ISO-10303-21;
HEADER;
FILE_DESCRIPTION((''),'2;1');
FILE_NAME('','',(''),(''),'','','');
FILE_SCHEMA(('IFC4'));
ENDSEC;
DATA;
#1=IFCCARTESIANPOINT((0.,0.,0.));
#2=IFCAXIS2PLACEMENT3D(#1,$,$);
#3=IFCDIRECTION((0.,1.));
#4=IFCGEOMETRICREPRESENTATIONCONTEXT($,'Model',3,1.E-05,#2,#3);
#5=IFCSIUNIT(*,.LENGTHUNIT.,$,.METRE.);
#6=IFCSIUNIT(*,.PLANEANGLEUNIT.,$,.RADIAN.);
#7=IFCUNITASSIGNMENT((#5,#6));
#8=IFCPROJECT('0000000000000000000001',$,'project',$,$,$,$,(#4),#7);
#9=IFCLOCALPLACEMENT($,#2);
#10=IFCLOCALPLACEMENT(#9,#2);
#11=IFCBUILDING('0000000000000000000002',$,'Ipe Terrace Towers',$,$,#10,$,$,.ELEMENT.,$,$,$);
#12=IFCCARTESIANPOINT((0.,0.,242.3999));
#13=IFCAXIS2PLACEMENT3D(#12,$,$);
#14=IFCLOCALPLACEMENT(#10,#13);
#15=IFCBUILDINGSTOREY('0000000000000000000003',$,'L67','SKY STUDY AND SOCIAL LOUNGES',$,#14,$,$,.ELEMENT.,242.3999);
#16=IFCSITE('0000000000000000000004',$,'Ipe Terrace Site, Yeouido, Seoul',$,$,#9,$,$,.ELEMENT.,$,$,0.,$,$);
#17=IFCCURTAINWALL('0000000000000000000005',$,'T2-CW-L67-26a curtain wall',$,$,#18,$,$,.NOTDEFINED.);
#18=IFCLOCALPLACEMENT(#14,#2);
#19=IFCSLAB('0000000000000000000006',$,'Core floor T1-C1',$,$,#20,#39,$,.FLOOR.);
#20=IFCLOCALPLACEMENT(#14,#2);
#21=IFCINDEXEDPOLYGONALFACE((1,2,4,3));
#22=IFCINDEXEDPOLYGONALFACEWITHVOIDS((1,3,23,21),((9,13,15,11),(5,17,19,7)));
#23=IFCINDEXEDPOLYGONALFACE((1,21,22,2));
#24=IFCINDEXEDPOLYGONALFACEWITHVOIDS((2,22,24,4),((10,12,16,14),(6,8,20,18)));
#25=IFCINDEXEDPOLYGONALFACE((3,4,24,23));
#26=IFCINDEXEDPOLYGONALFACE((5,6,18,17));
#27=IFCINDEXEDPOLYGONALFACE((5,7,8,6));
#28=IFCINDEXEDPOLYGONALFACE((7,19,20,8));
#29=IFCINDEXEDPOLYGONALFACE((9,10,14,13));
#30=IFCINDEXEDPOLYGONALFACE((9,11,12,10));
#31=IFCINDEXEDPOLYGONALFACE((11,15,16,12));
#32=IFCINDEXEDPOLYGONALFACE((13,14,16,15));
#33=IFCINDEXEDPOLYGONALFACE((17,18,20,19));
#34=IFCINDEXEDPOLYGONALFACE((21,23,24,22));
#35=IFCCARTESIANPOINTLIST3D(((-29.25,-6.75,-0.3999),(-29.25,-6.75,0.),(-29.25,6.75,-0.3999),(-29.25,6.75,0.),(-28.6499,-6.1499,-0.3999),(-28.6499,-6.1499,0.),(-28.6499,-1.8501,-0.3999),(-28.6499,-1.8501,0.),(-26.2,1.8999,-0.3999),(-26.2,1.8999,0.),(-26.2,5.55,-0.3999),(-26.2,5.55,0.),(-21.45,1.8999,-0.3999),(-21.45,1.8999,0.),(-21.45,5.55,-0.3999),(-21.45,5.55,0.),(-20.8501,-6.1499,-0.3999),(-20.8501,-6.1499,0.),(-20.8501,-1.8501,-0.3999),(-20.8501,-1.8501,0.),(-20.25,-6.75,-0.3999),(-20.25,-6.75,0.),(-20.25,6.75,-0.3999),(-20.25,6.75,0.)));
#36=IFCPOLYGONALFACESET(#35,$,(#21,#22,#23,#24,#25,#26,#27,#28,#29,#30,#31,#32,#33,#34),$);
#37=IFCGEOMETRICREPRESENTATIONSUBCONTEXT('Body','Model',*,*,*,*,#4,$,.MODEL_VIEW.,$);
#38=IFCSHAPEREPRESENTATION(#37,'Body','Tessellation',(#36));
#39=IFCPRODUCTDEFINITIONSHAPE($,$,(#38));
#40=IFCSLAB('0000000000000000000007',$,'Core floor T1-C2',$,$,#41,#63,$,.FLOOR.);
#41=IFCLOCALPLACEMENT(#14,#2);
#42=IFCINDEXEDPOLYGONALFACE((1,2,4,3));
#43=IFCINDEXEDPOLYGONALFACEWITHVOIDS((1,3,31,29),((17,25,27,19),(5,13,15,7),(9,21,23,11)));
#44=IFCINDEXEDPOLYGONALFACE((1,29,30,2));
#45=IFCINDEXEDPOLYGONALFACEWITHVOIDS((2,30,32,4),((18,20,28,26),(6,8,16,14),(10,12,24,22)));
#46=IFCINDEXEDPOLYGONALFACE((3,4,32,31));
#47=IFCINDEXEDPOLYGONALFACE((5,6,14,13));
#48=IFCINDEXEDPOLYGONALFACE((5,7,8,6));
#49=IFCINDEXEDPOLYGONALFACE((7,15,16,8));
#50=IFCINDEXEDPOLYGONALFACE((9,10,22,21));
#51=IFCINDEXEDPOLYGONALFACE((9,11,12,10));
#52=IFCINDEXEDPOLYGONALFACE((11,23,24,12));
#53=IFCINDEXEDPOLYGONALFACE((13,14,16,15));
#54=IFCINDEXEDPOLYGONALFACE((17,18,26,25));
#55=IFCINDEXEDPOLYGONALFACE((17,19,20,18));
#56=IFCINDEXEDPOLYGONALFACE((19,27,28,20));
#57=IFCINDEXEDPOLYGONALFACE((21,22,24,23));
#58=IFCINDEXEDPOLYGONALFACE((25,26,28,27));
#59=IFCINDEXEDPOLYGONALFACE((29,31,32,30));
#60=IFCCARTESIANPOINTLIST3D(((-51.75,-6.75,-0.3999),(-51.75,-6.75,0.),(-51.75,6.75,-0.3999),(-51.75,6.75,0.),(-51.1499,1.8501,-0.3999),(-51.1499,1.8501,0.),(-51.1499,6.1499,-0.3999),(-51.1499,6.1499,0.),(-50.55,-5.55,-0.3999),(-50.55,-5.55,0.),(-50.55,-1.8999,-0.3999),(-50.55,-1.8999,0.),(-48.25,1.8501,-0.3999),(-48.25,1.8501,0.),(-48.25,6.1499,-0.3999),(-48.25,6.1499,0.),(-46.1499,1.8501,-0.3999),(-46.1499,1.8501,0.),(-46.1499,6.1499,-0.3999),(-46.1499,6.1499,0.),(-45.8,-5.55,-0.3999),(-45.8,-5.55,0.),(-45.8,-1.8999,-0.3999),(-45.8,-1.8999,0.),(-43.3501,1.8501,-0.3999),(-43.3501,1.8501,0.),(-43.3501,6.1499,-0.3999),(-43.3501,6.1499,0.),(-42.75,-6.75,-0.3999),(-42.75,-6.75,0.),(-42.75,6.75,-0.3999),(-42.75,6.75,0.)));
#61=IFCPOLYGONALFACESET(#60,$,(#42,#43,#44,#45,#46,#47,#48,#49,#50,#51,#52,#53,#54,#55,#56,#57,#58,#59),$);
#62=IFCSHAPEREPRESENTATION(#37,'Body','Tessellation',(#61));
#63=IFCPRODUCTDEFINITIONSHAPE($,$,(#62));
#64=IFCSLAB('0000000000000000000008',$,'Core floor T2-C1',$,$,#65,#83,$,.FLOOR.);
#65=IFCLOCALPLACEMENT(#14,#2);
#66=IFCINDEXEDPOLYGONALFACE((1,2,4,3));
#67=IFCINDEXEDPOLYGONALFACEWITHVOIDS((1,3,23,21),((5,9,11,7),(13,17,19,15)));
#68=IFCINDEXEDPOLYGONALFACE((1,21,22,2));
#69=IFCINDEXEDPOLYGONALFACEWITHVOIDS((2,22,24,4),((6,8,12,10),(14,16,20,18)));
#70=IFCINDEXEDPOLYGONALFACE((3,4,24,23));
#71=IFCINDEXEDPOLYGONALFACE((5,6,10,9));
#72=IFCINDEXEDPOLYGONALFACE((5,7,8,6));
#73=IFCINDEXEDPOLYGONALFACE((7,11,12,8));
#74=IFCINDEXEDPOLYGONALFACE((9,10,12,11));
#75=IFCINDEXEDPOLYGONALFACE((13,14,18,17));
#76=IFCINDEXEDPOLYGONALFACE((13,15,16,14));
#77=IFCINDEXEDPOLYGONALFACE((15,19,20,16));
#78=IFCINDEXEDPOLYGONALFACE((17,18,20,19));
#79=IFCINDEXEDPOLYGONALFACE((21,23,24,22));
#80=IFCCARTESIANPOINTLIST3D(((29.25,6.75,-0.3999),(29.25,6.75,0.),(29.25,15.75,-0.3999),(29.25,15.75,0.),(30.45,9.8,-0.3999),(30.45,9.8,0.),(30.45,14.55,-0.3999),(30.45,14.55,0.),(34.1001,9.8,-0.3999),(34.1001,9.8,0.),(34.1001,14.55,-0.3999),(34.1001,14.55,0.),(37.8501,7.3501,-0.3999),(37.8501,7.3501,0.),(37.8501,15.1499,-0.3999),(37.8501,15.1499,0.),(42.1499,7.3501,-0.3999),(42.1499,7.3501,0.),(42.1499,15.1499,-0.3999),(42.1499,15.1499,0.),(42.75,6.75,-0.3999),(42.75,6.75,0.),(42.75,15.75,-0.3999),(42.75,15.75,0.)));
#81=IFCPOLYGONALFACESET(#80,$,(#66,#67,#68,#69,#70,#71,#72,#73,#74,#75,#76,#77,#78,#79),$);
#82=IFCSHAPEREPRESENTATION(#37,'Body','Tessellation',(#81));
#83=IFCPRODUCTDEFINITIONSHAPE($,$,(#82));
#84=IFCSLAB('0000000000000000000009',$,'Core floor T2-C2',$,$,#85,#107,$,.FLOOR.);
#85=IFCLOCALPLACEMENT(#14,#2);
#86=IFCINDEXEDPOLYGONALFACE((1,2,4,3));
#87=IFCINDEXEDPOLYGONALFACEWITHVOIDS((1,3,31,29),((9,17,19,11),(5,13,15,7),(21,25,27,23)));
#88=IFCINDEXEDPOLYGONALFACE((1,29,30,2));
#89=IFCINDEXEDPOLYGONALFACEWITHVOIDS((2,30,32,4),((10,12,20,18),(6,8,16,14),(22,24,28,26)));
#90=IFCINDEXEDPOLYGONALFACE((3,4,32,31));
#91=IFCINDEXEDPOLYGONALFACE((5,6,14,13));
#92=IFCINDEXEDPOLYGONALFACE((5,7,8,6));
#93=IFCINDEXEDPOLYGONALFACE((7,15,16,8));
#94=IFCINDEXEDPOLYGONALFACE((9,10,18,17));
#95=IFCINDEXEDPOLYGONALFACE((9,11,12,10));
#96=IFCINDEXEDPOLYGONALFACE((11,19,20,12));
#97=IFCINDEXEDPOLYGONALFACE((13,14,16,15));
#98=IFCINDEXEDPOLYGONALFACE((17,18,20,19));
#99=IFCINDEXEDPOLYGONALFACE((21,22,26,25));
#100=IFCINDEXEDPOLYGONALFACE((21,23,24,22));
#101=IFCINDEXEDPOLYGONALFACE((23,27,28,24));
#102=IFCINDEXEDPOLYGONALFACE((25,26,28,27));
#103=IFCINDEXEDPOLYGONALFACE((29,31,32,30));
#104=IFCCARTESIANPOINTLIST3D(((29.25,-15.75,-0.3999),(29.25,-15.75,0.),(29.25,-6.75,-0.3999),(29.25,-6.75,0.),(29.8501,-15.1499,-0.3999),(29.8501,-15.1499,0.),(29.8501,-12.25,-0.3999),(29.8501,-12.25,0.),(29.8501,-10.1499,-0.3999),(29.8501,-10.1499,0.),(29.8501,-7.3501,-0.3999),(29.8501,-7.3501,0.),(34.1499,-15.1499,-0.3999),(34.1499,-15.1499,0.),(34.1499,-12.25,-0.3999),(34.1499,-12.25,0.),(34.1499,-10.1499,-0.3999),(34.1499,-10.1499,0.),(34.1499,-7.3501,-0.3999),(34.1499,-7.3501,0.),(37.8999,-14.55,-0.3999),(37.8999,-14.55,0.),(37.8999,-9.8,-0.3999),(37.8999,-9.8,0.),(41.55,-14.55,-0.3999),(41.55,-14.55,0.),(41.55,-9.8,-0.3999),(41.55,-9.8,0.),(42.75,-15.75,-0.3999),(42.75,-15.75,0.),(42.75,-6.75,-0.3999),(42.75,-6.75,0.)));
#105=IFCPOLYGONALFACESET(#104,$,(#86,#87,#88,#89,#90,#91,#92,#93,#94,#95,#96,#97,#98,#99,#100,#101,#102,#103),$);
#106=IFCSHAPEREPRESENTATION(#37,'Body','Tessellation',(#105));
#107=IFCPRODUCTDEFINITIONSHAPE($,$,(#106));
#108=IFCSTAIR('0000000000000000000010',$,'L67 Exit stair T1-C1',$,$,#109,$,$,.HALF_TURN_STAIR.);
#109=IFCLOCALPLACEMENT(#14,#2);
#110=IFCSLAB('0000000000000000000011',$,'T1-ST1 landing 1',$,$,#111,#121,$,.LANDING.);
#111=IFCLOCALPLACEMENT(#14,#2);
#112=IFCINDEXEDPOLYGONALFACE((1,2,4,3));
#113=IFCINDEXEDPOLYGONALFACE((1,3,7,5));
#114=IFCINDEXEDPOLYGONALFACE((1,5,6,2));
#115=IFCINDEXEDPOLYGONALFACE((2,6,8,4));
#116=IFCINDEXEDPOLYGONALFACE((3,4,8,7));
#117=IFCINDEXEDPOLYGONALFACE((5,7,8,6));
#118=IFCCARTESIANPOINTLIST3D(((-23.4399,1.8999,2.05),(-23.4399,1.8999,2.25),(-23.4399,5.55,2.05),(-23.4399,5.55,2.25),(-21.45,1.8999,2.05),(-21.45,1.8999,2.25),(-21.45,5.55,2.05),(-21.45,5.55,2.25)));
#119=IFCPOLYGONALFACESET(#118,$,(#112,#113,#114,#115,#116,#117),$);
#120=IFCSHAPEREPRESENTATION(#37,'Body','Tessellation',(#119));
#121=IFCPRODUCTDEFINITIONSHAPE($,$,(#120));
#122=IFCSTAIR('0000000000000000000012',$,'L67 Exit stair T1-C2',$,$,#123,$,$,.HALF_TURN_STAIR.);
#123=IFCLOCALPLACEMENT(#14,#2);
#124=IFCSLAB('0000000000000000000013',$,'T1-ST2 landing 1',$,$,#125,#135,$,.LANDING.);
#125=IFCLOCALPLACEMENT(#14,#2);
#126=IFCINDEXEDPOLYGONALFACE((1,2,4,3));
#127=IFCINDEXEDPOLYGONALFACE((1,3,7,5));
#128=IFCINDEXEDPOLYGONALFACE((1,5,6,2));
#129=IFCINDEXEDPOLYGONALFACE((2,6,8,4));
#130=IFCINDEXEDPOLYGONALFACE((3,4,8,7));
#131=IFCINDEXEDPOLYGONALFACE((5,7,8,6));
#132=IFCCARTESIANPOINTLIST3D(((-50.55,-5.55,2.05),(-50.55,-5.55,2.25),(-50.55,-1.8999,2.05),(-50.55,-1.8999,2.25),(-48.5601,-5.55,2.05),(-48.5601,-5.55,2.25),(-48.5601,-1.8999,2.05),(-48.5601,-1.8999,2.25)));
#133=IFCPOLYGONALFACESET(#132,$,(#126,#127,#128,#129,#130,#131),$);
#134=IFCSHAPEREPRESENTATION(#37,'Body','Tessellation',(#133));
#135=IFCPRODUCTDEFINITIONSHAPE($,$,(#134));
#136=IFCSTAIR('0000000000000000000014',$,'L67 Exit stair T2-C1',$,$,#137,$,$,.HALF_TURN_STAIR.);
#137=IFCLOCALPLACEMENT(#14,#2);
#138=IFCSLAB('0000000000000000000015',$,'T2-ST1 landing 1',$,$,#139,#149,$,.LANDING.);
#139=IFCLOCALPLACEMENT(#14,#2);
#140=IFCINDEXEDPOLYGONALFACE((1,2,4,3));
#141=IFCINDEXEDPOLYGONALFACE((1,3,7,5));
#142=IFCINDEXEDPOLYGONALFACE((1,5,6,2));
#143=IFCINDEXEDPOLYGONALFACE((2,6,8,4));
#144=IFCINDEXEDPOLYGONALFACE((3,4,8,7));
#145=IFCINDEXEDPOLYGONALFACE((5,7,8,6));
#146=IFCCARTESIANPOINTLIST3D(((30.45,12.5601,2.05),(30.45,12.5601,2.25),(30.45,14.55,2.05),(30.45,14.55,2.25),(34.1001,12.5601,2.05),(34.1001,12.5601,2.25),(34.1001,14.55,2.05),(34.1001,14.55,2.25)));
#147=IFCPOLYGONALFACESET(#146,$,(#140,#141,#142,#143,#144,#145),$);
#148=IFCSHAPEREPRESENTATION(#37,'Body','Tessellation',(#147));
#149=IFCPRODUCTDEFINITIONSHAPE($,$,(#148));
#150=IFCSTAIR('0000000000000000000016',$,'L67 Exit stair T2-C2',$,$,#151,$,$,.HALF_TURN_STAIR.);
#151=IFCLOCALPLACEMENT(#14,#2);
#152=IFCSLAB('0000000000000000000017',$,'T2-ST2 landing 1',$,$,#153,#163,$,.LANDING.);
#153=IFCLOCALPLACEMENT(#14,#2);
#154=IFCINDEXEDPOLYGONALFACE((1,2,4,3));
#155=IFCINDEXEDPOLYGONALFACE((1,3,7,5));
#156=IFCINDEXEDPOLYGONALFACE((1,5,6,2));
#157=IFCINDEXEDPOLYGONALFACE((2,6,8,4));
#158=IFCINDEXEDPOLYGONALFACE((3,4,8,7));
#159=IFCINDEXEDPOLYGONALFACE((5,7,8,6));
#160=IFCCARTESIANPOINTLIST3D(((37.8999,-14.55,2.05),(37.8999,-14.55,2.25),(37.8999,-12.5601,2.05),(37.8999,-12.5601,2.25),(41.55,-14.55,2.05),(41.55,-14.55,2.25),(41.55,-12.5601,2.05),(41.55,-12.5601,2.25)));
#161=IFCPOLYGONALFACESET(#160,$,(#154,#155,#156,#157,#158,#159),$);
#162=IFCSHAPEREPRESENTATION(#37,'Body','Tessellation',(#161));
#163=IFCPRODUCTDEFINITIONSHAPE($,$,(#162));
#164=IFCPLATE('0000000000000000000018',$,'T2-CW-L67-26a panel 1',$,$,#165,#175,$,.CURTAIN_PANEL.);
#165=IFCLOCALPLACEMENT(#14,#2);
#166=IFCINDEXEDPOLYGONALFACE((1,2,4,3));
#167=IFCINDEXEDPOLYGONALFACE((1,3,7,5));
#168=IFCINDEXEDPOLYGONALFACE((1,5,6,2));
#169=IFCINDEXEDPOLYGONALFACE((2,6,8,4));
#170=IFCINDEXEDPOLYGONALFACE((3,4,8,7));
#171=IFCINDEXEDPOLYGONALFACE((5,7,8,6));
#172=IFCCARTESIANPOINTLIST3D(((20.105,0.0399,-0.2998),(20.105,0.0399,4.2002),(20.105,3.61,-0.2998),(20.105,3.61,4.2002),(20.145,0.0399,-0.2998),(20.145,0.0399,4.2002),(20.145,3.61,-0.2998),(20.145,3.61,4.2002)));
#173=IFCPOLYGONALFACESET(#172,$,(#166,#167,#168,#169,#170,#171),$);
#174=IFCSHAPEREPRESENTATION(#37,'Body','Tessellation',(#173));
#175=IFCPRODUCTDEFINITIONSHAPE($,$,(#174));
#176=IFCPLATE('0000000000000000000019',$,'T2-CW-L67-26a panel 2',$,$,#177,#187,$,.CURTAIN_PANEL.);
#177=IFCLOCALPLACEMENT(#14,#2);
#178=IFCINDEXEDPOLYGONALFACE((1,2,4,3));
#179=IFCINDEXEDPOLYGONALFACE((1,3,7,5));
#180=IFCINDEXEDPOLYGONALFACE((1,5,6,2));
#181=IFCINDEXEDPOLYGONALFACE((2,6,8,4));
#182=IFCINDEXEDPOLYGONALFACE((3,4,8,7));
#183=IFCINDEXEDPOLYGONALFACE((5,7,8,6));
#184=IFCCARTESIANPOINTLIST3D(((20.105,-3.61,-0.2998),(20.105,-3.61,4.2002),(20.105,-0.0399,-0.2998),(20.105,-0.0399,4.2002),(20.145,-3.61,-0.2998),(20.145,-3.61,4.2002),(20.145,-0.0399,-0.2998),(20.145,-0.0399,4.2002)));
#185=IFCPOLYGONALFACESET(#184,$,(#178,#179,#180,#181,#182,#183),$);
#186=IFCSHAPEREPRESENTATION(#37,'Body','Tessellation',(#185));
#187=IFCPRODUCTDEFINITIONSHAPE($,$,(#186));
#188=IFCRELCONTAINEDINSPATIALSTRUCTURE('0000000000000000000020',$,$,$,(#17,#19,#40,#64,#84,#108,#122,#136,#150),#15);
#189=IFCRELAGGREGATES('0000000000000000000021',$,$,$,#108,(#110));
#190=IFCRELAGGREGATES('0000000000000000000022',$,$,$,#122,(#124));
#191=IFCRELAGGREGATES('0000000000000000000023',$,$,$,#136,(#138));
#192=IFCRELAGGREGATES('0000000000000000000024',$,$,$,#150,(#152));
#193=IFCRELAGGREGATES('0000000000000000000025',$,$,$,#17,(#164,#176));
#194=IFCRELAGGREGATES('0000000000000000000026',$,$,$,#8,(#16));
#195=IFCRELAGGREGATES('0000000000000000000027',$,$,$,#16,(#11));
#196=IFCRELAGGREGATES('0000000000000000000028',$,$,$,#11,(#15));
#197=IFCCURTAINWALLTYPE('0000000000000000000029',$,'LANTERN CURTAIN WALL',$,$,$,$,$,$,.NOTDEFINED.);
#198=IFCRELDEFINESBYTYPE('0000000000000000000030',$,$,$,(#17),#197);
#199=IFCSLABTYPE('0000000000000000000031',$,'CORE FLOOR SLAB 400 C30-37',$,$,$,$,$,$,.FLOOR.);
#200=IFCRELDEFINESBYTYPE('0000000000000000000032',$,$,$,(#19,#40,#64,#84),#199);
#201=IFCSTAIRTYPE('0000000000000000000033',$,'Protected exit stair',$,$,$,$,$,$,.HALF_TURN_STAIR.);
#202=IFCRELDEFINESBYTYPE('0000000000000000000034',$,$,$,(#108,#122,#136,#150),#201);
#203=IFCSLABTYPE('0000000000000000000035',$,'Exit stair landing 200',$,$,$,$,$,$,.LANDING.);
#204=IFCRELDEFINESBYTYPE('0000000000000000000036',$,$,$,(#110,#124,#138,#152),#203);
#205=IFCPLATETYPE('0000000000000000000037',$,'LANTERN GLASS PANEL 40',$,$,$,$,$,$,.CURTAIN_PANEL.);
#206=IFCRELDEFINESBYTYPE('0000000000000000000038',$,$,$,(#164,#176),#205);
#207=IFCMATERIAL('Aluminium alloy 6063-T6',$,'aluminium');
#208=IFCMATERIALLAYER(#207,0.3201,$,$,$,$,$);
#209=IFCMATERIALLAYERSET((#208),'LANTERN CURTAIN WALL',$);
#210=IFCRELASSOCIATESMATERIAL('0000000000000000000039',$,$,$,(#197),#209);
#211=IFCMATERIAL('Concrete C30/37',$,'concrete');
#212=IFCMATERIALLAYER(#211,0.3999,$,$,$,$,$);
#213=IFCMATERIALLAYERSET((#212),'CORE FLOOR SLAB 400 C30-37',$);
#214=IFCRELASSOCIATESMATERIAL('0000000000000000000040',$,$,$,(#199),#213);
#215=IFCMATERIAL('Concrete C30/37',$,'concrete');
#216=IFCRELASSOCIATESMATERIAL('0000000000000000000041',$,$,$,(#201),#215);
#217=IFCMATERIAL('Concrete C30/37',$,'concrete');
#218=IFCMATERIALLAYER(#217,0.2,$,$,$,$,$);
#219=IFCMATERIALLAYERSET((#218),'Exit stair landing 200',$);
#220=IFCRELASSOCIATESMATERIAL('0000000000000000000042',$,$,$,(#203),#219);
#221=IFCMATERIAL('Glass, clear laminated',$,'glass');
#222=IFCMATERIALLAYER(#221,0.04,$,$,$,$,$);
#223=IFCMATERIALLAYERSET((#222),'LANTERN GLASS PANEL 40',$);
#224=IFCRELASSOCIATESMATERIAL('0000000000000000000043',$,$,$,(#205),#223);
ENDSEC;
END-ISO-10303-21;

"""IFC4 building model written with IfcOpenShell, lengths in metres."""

from ifc_helpers import new_model, si_unit, direction, frame, origin, origin_2d, place, context, subcontext, project, spatial, polyline, rectangle, outline, extrude, material, layer, layer_set, type_object, element, aggregate, save


model = new_model("IFC4")

# Units and contexts
model_context = context("Model", 3, precision=1e-05, world=origin(), true_north=direction((0.0, 1.0)))
body_context = subcontext(model_context, "Body", "Model", "MODEL_VIEW")
ifc_project = project(units=[si_unit("LENGTHUNIT", "METRE"), si_unit("PLANEANGLEUNIT", "RADIAN")], contexts=[model_context])

# Site, building, storey
site_placement = place(None, origin())
site = spatial("IfcSite", under=ifc_project, at=site_placement, Name="Ipe Terrace Site, Yeouido, Seoul", CompositionType="ELEMENT", RefElevation=0.0)
building_placement = place(site_placement, origin())
building = spatial("IfcBuilding", under=site, at=building_placement, Name="Ipe Terrace Towers", CompositionType="ELEMENT")
storey_placement = place(building_placement, frame((0.0, 0.0, 242.3999)))
storey = spatial("IfcBuildingStorey", under=building, at=storey_placement, Name="L67", Description="SKY STUDY AND SOCIAL LOUNGES", CompositionType="ELEMENT", Elevation=242.3999)

# Curtain wall
ifc_material_1 = material(Name="Aluminium alloy 6063-T6", Category="aluminium")
ifc_layer_1 = layer(ifc_material_1, 0.3201)
ifc_layer_set_1 = layer_set([ifc_layer_1], Name="LANTERN CURTAIN WALL")
curtain_wall_type = type_object("IfcCurtainWallType", Name="LANTERN CURTAIN WALL", PredefinedType="NOTDEFINED", material=ifc_layer_set_1)
curtain_wall_placement = place(storey_placement, origin())
curtain_wall = element("IfcCurtainWall", 1, at=curtain_wall_placement, inside=storey, type_object=curtain_wall_type, Name="T2-CW-L67-26a curtain wall", PredefinedType="NOTDEFINED")

# Slabs
ifc_material_2 = material(Name="Concrete C30/37", Category="concrete")
ifc_layer_2 = layer(ifc_material_2, 0.3999)
ifc_layer_set_2 = layer_set([ifc_layer_2], Name="CORE FLOOR SLAB 400 C30-37")
slab_type_1 = type_object("IfcSlabType", Name="CORE FLOOR SLAB 400 C30-37", PredefinedType="FLOOR", material=ifc_layer_set_2)
slab_1_placement = place(storey_placement, frame((0.0, 0.0, -0.3999)))
element("IfcSlab", 2, at=slab_1_placement, inside=storey, type_object=slab_type_1, Name="Core floor T1-C1", PredefinedType="FLOOR", context=body_context, shape_type="SweptSolid", body=[
    extrude(outline(polyline([(-29.25, -6.75), (-29.25, 6.75), (-20.25, 6.75), (-20.25, -6.75), (-29.25, -6.75)]), holes=[polyline([(-28.6499, -6.1499), (-20.8501, -6.1499), (-20.8501, -1.8501), (-28.6499, -1.8501), (-28.6499, -6.1499)]), polyline([(-26.2, 5.55), (-26.2, 1.8999), (-21.45, 1.8999), (-21.45, 5.55), (-26.2, 5.55)])]), origin(), (0.0, 0.0, 1.0), 0.3999),
])
slab_2_placement = place(storey_placement, frame((0.0, 0.0, -0.3999)))
element("IfcSlab", 3, at=slab_2_placement, inside=storey, type_object=slab_type_1, Name="Core floor T1-C2", PredefinedType="FLOOR", context=body_context, shape_type="SweptSolid", body=[
    extrude(outline(polyline([(-51.75, -6.75), (-51.75, 6.75), (-42.75, 6.75), (-42.75, -6.75), (-51.75, -6.75)]), holes=[polyline([(-45.8, -1.8999), (-50.55, -1.8999), (-50.55, -5.55), (-45.8, -5.55), (-45.8, -1.8999)]), polyline([(-48.25, 1.8501), (-48.25, 6.1499), (-51.1499, 6.1499), (-51.1499, 1.8501), (-48.25, 1.8501)]), polyline([(-43.3501, 1.8501), (-43.3501, 6.1499), (-46.1499, 6.1499), (-46.1499, 1.8501), (-43.3501, 1.8501)])]), origin(), (0.0, 0.0, 1.0), 0.3999),
])
slab_3_placement = place(storey_placement, frame((0.0, 0.0, -0.3999)))
element("IfcSlab", 4, at=slab_3_placement, inside=storey, type_object=slab_type_1, Name="Core floor T2-C1", PredefinedType="FLOOR", context=body_context, shape_type="SweptSolid", body=[
    extrude(outline(polyline([(29.25, 6.75), (29.25, 15.75), (42.75, 15.75), (42.75, 6.75), (29.25, 6.75)]), holes=[polyline([(42.1499, 7.3501), (42.1499, 15.1499), (37.8501, 15.1499), (37.8501, 7.3501), (42.1499, 7.3501)]), polyline([(30.45, 9.8), (34.1001, 9.8), (34.1001, 14.55), (30.45, 14.55), (30.45, 9.8)])]), origin(), (0.0, 0.0, 1.0), 0.3999),
])
slab_4_placement = place(storey_placement, frame((0.0, 0.0, -0.3999)))
element("IfcSlab", 5, at=slab_4_placement, inside=storey, type_object=slab_type_1, Name="Core floor T2-C2", PredefinedType="FLOOR", context=body_context, shape_type="SweptSolid", body=[
    extrude(outline(polyline([(29.25, -15.75), (29.25, -6.75), (42.75, -6.75), (42.75, -15.75), (29.25, -15.75)]), holes=[polyline([(29.8501, -12.25), (29.8501, -15.1499), (34.1499, -15.1499), (34.1499, -12.25), (29.8501, -12.25)]), polyline([(41.55, -9.8), (37.8999, -9.8), (37.8999, -14.55), (41.55, -14.55), (41.55, -9.8)]), polyline([(34.1499, -7.3501), (29.8501, -7.3501), (29.8501, -10.1499), (34.1499, -10.1499), (34.1499, -7.3501)])]), origin(), (0.0, 0.0, 1.0), 0.3999),
])

# Stairs, slabs
ifc_material_3 = material(Name="Concrete C30/37", Category="concrete")
stair_type = type_object("IfcStairType", Name="Protected exit stair", PredefinedType="HALF_TURN_STAIR", material=ifc_material_3)
stair_1_placement = place(storey_placement, origin())
stair_1 = element("IfcStair", 6, at=stair_1_placement, inside=storey, type_object=stair_type, Name="L67 Exit stair T1-C1", PredefinedType="HALF_TURN_STAIR")
ifc_material_4 = material(Name="Concrete C30/37", Category="concrete")
ifc_layer_3 = layer(ifc_material_4, 0.2)
ifc_layer_set_3 = layer_set([ifc_layer_3], Name="Exit stair landing 200")
slab_type_2 = type_object("IfcSlabType", Name="Exit stair landing 200", PredefinedType="LANDING", material=ifc_layer_set_3)
slab_5_placement = place(storey_placement, frame((0.0, 0.0, 2.05)))
slab_5 = element("IfcSlab", 7, at=slab_5_placement, type_object=slab_type_2, Name="T1-ST1 landing 1", PredefinedType="LANDING", context=body_context, shape_type="SweptSolid", body=[
    extrude(outline(polyline([(-23.4399, 1.8999), (-21.45, 1.8999), (-21.45, 5.55), (-23.4399, 5.55), (-23.4399, 1.8999)])), origin(), (0.0, 0.0, 1.0), 0.2),
])
aggregate(stair_1, [slab_5])
stair_2_placement = place(storey_placement, origin())
stair_2 = element("IfcStair", 8, at=stair_2_placement, inside=storey, type_object=stair_type, Name="L67 Exit stair T1-C2", PredefinedType="HALF_TURN_STAIR")
slab_6_placement = place(storey_placement, frame((0.0, 0.0, 2.05)))
slab_6 = element("IfcSlab", 9, at=slab_6_placement, type_object=slab_type_2, Name="T1-ST2 landing 1", PredefinedType="LANDING", context=body_context, shape_type="SweptSolid", body=[
    extrude(outline(polyline([(-48.5601, -1.8999), (-50.55, -1.8999), (-50.55, -5.55), (-48.5601, -5.55), (-48.5601, -1.8999)])), origin(), (0.0, 0.0, 1.0), 0.2),
])
aggregate(stair_2, [slab_6])
stair_3_placement = place(storey_placement, origin())
stair_3 = element("IfcStair", 10, at=stair_3_placement, inside=storey, type_object=stair_type, Name="L67 Exit stair T2-C1", PredefinedType="HALF_TURN_STAIR")
slab_7_placement = place(storey_placement, frame((0.0, 0.0, 2.05)))
slab_7 = element("IfcSlab", 11, at=slab_7_placement, type_object=slab_type_2, Name="T2-ST1 landing 1", PredefinedType="LANDING", context=body_context, shape_type="SweptSolid", body=[
    extrude(outline(polyline([(34.1001, 12.5601), (34.1001, 14.55), (30.45, 14.55), (30.45, 12.5601), (34.1001, 12.5601)])), origin(), (0.0, 0.0, 1.0), 0.2),
])
aggregate(stair_3, [slab_7])
stair_4_placement = place(storey_placement, origin())
stair_4 = element("IfcStair", 12, at=stair_4_placement, inside=storey, type_object=stair_type, Name="L67 Exit stair T2-C2", PredefinedType="HALF_TURN_STAIR")
slab_8_placement = place(storey_placement, frame((0.0, 0.0, 2.05)))
slab_8 = element("IfcSlab", 13, at=slab_8_placement, type_object=slab_type_2, Name="T2-ST2 landing 1", PredefinedType="LANDING", context=body_context, shape_type="SweptSolid", body=[
    extrude(outline(polyline([(37.8999, -12.5601), (37.8999, -14.55), (41.55, -14.55), (41.55, -12.5601), (37.8999, -12.5601)])), origin(), (0.0, 0.0, 1.0), 0.2),
])
aggregate(stair_4, [slab_8])

# Plates
ifc_material_5 = material(Name="Glass, clear laminated", Category="glass")
ifc_layer_4 = layer(ifc_material_5, 0.04)
ifc_layer_set_4 = layer_set([ifc_layer_4], Name="LANTERN GLASS PANEL 40")
plate_type = type_object("IfcPlateType", Name="LANTERN GLASS PANEL 40", PredefinedType="CURTAIN_PANEL", material=ifc_layer_set_4)
plate_1_placement = place(storey_placement, frame((20.125, 1.825, -0.2998), z_axis=(0.0, 0.0, 1.0), x_axis=(0.0, -1.0, 0.0)))
plate_1 = element("IfcPlate", 14, at=plate_1_placement, type_object=plate_type, Name="T2-CW-L67-26a panel 1", PredefinedType="CURTAIN_PANEL", context=body_context, shape_type="SweptSolid", body=[
    extrude(rectangle(XDim=3.5701, YDim=0.04, at=origin_2d()), origin(), (0.0, 0.0, 1.0), 4.5),
])
plate_2_placement = place(storey_placement, frame((20.125, -1.825, -0.2998), z_axis=(0.0, 0.0, 1.0), x_axis=(0.0, -1.0, 0.0)))
plate_2 = element("IfcPlate", 15, at=plate_2_placement, type_object=plate_type, Name="T2-CW-L67-26a panel 2", PredefinedType="CURTAIN_PANEL", context=body_context, shape_type="SweptSolid", body=[
    extrude(rectangle(XDim=3.5701, YDim=0.04, at=origin_2d()), origin(), (0.0, 0.0, 1.0), 4.5),
])
aggregate(curtain_wall, [plate_1, plate_2])

save(model, "model.ifc")
